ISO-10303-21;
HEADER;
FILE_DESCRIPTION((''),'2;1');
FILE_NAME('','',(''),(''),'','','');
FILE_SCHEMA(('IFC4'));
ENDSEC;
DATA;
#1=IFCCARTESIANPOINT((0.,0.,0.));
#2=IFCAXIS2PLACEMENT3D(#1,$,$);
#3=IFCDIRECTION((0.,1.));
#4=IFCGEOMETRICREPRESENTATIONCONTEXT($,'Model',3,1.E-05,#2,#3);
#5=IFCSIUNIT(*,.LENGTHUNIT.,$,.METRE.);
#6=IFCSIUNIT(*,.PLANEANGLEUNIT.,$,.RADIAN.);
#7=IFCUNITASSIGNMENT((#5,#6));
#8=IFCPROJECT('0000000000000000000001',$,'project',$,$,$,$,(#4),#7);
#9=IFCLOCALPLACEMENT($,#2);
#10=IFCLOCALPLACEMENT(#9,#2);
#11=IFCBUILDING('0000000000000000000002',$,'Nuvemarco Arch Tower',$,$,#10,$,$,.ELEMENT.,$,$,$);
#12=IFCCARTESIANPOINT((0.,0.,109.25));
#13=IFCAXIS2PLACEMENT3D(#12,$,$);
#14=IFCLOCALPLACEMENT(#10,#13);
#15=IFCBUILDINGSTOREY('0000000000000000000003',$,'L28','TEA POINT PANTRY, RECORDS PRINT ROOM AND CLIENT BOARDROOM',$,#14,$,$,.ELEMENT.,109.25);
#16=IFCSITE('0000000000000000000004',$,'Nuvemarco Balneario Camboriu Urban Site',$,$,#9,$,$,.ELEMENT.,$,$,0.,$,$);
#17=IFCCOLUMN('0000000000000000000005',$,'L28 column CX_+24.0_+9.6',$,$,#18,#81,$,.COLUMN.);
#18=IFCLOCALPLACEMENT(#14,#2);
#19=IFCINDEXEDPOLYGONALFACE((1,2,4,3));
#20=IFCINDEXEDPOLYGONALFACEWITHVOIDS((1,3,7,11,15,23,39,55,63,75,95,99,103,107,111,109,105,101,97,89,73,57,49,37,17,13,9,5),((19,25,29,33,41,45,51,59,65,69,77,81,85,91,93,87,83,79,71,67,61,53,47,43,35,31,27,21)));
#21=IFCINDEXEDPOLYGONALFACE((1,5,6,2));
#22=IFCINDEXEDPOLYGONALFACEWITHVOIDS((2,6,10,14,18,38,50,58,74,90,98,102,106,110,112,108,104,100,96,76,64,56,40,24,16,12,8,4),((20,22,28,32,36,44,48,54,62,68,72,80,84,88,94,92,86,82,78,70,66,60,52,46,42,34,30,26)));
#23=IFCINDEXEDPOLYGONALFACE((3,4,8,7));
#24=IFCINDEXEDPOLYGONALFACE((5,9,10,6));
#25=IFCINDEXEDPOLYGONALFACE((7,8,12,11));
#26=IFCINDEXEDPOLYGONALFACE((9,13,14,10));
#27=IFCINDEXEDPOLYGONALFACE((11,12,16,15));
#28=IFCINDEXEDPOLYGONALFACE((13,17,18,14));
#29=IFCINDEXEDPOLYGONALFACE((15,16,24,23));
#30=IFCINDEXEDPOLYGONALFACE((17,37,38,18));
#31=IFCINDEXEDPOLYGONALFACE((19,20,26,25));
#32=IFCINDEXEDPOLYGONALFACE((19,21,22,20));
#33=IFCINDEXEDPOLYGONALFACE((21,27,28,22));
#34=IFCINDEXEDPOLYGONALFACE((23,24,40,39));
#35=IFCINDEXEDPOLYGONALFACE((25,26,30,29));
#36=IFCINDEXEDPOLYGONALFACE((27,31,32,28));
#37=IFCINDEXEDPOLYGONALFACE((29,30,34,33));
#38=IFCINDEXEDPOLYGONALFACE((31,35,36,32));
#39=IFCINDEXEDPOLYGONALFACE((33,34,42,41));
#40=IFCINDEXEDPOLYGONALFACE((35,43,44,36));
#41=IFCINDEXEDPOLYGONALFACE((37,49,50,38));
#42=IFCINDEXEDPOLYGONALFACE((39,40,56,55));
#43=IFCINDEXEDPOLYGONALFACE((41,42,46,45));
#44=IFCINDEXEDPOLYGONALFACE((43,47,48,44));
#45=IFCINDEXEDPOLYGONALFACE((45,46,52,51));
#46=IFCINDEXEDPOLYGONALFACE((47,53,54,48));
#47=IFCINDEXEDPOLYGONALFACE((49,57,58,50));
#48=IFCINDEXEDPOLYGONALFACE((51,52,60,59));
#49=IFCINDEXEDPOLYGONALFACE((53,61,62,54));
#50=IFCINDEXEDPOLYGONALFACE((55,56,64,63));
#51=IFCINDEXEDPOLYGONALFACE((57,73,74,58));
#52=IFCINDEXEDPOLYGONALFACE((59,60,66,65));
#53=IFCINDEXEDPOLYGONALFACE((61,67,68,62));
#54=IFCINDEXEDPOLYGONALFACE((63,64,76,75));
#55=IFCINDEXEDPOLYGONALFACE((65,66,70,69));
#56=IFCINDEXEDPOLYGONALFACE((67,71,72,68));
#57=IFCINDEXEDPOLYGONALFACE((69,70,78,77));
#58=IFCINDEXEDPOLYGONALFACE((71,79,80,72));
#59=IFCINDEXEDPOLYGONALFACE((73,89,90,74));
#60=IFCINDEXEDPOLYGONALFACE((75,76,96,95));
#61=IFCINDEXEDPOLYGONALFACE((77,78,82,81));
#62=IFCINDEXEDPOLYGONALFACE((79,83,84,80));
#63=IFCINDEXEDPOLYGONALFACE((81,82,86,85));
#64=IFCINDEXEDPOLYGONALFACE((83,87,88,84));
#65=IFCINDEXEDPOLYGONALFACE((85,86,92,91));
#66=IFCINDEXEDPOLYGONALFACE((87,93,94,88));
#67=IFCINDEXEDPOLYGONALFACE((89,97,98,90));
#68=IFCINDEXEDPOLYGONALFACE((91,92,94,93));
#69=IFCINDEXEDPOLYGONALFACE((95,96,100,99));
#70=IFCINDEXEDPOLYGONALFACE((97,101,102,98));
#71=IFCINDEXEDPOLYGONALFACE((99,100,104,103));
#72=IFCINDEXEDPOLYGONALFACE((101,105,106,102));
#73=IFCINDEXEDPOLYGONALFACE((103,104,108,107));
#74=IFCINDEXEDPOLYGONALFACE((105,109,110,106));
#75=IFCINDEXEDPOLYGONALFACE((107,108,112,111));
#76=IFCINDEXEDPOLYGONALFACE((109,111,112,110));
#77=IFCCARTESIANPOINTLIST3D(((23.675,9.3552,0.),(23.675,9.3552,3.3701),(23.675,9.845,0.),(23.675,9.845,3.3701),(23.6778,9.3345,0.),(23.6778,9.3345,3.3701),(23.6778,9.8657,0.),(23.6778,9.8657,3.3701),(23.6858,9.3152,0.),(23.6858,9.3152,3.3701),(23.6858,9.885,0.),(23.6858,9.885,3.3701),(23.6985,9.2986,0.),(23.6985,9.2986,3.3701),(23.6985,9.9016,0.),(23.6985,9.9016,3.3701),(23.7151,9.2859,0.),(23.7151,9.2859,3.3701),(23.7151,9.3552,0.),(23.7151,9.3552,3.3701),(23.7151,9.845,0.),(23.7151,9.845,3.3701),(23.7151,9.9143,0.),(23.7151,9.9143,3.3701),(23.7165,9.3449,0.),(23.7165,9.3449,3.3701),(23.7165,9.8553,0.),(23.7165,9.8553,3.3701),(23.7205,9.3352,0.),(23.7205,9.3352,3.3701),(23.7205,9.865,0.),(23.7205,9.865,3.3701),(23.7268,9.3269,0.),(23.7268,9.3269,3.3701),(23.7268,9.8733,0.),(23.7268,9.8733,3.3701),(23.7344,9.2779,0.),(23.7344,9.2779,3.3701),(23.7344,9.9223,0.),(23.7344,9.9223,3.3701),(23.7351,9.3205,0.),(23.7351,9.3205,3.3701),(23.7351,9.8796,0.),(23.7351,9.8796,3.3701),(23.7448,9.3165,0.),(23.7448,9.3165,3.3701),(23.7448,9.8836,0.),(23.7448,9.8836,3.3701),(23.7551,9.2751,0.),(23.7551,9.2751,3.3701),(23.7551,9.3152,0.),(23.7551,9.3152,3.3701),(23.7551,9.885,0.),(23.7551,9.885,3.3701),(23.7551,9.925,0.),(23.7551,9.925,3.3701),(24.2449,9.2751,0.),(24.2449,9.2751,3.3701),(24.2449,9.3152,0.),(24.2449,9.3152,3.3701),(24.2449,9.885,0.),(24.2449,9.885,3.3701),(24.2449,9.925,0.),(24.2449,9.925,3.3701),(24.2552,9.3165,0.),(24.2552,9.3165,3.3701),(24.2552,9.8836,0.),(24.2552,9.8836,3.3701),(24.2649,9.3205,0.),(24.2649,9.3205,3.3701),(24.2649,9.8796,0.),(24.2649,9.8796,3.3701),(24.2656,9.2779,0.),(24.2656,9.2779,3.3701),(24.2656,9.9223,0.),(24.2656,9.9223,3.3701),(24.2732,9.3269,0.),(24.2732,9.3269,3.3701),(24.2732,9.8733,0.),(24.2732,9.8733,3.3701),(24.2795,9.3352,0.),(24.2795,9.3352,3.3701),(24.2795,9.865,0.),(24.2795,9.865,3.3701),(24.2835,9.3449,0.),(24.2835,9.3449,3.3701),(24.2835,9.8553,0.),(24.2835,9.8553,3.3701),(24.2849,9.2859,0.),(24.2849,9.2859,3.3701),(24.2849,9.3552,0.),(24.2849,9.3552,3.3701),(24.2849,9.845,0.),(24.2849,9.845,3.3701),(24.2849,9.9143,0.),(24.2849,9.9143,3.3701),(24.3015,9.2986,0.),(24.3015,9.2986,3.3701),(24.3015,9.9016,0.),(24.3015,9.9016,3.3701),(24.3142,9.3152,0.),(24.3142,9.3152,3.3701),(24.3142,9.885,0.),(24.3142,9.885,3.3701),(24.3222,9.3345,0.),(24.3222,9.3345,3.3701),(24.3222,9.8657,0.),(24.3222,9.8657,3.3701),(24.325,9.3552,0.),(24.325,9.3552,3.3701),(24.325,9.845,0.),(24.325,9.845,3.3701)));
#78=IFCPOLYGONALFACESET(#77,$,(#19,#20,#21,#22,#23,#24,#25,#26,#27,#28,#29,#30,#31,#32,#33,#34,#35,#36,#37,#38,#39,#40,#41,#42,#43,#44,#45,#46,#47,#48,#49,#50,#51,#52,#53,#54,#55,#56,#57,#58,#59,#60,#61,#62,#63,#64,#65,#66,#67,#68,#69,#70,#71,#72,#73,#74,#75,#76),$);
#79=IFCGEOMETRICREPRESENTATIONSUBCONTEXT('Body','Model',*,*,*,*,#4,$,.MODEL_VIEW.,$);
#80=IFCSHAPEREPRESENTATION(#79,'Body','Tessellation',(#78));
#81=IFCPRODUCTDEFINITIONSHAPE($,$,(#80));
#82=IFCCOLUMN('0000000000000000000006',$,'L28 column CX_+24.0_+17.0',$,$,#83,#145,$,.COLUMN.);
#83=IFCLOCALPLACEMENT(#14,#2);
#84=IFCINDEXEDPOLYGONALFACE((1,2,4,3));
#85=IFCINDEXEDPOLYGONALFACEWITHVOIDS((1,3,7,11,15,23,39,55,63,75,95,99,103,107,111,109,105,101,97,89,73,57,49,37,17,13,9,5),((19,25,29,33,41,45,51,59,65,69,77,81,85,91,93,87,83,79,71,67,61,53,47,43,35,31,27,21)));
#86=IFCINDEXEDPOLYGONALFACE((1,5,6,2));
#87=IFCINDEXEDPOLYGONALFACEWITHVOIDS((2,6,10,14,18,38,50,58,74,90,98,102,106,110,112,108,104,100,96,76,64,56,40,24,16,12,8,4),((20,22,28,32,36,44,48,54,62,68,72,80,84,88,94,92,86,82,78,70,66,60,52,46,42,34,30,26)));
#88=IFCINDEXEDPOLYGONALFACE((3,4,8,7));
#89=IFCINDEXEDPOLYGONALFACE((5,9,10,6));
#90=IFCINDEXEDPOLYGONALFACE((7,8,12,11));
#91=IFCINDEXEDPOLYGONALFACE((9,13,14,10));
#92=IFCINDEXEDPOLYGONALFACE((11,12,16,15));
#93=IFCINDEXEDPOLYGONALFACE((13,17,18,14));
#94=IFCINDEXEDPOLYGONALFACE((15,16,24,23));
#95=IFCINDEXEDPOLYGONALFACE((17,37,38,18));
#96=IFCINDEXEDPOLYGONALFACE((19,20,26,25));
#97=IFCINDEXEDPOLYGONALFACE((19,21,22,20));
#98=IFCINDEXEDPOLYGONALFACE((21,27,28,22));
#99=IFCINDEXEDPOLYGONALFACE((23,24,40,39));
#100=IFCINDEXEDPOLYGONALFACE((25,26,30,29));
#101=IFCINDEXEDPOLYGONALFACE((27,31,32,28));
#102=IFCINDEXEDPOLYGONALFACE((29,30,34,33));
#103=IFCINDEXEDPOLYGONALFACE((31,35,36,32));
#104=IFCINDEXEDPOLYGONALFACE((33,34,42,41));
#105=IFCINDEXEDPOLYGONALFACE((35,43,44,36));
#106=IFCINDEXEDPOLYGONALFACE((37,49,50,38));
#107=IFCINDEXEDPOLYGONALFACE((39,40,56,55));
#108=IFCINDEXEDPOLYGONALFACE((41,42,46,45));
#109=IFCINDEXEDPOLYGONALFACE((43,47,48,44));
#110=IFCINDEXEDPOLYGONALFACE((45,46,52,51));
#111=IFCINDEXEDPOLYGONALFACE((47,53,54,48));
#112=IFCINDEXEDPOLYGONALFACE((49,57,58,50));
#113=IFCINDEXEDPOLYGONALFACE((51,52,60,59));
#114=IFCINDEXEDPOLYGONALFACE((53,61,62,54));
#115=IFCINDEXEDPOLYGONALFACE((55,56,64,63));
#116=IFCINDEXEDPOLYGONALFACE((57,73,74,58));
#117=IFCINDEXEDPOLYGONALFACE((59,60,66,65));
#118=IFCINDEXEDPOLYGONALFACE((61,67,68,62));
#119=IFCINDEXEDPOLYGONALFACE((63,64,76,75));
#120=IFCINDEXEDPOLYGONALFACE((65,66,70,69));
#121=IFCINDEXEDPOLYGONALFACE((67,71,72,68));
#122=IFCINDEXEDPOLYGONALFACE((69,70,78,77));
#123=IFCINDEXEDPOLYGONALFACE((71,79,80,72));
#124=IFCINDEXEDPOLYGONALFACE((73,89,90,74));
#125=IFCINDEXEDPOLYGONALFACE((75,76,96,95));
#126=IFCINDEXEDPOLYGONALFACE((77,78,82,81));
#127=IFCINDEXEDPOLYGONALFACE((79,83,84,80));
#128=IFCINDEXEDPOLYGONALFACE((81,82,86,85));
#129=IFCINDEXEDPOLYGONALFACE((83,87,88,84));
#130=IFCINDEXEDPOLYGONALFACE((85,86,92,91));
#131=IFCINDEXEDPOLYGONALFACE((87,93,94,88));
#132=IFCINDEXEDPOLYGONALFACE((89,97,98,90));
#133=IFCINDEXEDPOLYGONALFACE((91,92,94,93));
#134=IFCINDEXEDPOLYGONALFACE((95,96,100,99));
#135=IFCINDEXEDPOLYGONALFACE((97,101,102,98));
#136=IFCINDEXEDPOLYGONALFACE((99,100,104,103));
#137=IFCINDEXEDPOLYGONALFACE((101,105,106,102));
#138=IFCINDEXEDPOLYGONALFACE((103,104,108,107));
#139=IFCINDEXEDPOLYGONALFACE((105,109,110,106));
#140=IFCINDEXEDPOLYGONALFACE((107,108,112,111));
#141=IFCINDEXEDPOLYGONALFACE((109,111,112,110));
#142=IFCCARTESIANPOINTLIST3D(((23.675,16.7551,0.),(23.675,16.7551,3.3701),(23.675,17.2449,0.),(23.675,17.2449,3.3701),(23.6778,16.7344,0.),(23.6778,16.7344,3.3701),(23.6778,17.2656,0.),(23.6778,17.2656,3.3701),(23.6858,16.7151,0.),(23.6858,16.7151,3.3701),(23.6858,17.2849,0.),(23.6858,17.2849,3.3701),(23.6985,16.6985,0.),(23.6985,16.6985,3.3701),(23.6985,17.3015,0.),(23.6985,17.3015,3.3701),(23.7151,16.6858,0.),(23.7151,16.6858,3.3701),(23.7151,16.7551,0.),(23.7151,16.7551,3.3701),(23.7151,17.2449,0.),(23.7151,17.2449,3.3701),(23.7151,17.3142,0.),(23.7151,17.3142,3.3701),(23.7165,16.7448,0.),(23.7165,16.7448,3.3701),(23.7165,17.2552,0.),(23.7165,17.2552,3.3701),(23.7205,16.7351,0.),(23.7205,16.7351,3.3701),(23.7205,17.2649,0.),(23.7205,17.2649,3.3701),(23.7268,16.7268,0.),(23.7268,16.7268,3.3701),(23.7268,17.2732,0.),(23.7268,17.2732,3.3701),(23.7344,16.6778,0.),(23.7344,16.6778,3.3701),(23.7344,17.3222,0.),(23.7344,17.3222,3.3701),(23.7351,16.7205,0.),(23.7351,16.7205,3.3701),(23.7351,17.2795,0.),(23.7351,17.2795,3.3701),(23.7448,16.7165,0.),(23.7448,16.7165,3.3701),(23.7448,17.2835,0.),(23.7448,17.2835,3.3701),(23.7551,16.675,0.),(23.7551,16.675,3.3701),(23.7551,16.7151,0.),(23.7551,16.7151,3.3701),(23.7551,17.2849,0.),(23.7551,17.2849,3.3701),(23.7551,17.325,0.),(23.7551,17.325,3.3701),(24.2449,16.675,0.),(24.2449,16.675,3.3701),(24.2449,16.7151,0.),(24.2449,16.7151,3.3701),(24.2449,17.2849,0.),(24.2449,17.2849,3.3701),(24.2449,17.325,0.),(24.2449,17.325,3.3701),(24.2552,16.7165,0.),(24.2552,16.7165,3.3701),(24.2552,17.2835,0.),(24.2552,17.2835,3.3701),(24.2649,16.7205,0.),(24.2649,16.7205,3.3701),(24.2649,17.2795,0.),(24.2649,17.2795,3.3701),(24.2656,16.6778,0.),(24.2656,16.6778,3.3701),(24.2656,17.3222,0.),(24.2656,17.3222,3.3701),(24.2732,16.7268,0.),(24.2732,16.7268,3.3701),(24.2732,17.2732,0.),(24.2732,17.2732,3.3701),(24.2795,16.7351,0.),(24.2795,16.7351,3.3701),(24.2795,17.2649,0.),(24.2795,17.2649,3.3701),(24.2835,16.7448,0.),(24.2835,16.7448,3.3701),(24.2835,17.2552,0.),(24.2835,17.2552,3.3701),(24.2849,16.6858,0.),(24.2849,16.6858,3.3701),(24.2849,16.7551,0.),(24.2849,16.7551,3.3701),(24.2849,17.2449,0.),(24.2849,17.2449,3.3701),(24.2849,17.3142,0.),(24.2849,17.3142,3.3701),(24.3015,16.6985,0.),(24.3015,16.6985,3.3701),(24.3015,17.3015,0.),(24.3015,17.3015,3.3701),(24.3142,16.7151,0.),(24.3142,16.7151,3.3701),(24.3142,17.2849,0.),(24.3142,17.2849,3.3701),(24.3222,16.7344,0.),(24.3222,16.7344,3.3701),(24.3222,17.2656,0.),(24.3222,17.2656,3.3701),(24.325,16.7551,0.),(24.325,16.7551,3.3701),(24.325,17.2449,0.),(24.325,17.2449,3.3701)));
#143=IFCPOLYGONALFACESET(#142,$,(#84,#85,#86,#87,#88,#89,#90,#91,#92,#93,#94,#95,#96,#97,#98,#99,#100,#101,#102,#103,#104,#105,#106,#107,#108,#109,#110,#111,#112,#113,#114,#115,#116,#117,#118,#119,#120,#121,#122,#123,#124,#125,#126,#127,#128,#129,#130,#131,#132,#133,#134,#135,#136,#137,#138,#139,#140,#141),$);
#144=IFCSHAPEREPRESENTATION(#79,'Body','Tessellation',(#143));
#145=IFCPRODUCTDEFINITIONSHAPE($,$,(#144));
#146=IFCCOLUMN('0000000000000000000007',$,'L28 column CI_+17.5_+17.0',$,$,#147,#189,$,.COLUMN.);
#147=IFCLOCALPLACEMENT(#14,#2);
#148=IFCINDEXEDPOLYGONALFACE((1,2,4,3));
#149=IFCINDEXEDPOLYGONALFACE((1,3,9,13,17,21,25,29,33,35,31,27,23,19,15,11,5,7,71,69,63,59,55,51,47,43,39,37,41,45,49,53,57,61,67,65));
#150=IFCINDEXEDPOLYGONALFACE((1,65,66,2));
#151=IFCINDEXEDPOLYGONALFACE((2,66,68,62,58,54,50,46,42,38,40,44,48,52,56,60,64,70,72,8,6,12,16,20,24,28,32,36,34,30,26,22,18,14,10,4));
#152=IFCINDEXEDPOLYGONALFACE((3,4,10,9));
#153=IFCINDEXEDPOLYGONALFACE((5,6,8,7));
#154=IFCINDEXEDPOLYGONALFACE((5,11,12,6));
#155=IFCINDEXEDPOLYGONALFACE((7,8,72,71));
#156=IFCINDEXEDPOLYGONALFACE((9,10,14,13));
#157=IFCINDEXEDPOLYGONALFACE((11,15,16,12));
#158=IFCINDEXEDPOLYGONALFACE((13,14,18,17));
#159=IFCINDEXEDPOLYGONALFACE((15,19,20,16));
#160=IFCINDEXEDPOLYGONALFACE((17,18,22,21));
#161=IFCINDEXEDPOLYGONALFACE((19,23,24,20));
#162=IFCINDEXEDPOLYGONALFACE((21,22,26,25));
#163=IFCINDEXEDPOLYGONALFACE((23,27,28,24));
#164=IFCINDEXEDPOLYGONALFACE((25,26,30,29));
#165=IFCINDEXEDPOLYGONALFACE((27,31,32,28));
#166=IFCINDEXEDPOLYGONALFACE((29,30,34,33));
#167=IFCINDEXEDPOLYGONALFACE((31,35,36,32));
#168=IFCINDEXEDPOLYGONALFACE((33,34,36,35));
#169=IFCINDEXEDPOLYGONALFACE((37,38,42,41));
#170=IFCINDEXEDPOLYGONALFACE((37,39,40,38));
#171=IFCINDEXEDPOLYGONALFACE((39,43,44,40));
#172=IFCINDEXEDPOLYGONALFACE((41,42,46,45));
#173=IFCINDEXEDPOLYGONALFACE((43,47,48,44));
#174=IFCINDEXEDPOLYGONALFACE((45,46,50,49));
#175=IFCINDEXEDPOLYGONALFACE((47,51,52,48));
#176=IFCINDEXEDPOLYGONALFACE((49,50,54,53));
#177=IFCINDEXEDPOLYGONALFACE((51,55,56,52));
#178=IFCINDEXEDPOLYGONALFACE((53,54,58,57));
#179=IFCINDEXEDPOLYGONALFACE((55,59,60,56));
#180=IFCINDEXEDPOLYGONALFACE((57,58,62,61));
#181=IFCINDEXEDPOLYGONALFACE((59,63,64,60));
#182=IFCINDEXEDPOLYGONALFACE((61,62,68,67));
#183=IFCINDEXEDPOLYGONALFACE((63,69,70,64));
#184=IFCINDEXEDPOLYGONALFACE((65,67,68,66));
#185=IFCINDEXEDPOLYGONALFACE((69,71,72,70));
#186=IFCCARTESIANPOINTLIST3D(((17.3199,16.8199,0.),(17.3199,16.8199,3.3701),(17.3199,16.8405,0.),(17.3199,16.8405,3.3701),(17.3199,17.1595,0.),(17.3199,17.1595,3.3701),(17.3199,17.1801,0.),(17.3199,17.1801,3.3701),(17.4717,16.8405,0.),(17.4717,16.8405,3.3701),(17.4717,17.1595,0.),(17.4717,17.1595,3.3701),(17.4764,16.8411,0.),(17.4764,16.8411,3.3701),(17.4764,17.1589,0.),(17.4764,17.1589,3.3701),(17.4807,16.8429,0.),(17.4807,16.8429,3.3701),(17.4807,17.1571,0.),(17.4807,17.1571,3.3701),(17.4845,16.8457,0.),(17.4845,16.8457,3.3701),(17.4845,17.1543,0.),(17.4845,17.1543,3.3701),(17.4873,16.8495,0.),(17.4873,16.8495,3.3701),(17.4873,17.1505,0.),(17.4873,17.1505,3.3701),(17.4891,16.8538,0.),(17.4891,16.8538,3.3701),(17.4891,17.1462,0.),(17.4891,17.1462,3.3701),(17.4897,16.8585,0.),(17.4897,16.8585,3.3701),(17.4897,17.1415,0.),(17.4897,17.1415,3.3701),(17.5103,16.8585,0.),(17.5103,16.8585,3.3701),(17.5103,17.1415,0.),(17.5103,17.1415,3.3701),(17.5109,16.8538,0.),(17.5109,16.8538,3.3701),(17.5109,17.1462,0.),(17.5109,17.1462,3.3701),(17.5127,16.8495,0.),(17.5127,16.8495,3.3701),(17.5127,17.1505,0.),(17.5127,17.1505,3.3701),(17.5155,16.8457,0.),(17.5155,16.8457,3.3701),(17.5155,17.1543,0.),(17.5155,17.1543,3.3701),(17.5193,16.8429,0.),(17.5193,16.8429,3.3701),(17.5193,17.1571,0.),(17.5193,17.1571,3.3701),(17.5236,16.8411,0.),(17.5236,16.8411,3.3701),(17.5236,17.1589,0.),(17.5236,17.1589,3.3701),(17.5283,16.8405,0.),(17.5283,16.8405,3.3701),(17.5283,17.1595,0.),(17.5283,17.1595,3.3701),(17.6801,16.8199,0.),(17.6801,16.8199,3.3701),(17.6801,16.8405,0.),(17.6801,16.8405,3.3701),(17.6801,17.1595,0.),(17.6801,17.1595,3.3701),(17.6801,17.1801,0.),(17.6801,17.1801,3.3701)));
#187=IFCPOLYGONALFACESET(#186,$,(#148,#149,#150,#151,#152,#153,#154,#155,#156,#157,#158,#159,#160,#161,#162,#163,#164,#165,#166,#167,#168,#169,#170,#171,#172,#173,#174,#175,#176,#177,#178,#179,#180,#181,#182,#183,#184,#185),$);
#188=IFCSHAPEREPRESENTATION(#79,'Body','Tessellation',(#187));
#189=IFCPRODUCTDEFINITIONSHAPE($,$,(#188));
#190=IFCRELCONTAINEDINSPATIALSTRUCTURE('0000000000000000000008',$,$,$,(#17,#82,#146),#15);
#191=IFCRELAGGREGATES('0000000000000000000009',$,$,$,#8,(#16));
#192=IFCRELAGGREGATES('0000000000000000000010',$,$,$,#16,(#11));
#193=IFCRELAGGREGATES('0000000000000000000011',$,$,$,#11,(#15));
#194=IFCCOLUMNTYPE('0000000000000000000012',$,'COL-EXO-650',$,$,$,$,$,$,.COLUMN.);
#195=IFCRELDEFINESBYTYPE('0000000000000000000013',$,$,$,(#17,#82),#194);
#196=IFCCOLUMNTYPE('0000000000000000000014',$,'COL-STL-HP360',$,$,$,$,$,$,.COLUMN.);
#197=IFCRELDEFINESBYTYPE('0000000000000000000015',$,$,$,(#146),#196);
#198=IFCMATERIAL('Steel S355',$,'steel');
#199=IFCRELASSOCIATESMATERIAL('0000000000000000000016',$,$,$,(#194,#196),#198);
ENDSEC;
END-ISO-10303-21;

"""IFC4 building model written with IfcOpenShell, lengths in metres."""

from ifc_helpers import new_model, si_unit, direction, frame, origin, origin_2d, place, context, subcontext, project, spatial, hollow_rectangle, i_section, extrude, material, material_profile, profile_set, type_object, element, save


model = new_model("IFC4")

# Units and contexts
model_context = context("Model", 3, precision=1e-05, world=origin(), true_north=direction((0.0, 1.0)))
body_context = subcontext(model_context, "Body", "Model", "MODEL_VIEW")
ifc_project = project(units=[si_unit("LENGTHUNIT", "METRE"), si_unit("PLANEANGLEUNIT", "RADIAN")], contexts=[model_context])

# Site, building, storey
site_placement = place(None, origin())
site = spatial("IfcSite", under=ifc_project, at=site_placement, Name="Nuvemarco Balneario Camboriu Urban Site", CompositionType="ELEMENT", RefElevation=0.0)
building_placement = place(site_placement, origin())
building = spatial("IfcBuilding", under=site, at=building_placement, Name="Nuvemarco Arch Tower", CompositionType="ELEMENT")
storey_placement = place(building_placement, frame((0.0, 0.0, 109.25)))
storey = spatial("IfcBuildingStorey", under=building, at=storey_placement, Name="L28", Description="TEA POINT PANTRY, RECORDS PRINT ROOM AND CLIENT BOARDROOM", CompositionType="ELEMENT", Elevation=109.25)

# Columns
ifc_material_1 = material(Name="Steel S355", Category="steel")
ifc_material_profile_1 = material_profile(ifc_material_1, hollow_rectangle(XDim=0.6499, YDim=0.6499, WallThickness=0.04, InnerFilletRadius=0.04, OuterFilletRadius=0.0801, at=origin_2d()), Name="SHS650x650x40")
ifc_profile_set_1 = profile_set([ifc_material_profile_1], Name="Steel S355")
column_type_1 = type_object("IfcColumnType", Name="COL-EXO-650", PredefinedType="COLUMN", material=ifc_profile_set_1)
for number, where, z_axis, x_axis, name in (
    (1, (24.0, 9.6001, 0.0), (0.0, 0.0, 1.0), (1.0, 0.0, 0.0), "L28 column CX_+24.0_+9.6"),
    (2, (24.0, 17.0, 0.0), (0.0, 0.0, 1.0), (1.0, 0.0, 0.0), "L28 column CX_+24.0_+17.0"),
):
    element("IfcColumn", number, at=place(storey_placement, frame(where, z_axis=z_axis, x_axis=x_axis)), inside=storey, type_object=column_type_1, Name=name, PredefinedType="COLUMN", context=body_context, shape_type="SweptSolid", body=[
        extrude(hollow_rectangle(XDim=0.6499, YDim=0.6499, WallThickness=0.04, InnerFilletRadius=0.04, OuterFilletRadius=0.0801, at=origin_2d()), origin(), (0.0, 0.0, 1.0), 3.3701),
    ])
ifc_material_profile_2 = material_profile(ifc_material_1, i_section(OverallWidth=0.3601, OverallDepth=0.3601, WebThickness=0.0205, FlangeThickness=0.0205, FilletRadius=0.0181, at=origin_2d()), Name="HP360x174")
ifc_profile_set_2 = profile_set([ifc_material_profile_2], Name="Steel S355")
column_type_2 = type_object("IfcColumnType", Name="COL-STL-HP360", PredefinedType="COLUMN", material=ifc_profile_set_2)
column_placement = place(storey_placement, frame((17.5, 17.0, 0.0), z_axis=(0.0, 0.0, 1.0), x_axis=(1.0, 0.0, 0.0)))
element("IfcColumn", 3, at=column_placement, inside=storey, type_object=column_type_2, Name="L28 column CI_+17.5_+17.0", PredefinedType="COLUMN", context=body_context, shape_type="SweptSolid", body=[
    extrude(i_section(OverallWidth=0.3601, OverallDepth=0.3601, WebThickness=0.0205, FlangeThickness=0.0205, FilletRadius=0.0181, at=origin_2d()), origin(), (0.0, 0.0, 1.0), 3.3701),
])

save(model, "model.ifc")
